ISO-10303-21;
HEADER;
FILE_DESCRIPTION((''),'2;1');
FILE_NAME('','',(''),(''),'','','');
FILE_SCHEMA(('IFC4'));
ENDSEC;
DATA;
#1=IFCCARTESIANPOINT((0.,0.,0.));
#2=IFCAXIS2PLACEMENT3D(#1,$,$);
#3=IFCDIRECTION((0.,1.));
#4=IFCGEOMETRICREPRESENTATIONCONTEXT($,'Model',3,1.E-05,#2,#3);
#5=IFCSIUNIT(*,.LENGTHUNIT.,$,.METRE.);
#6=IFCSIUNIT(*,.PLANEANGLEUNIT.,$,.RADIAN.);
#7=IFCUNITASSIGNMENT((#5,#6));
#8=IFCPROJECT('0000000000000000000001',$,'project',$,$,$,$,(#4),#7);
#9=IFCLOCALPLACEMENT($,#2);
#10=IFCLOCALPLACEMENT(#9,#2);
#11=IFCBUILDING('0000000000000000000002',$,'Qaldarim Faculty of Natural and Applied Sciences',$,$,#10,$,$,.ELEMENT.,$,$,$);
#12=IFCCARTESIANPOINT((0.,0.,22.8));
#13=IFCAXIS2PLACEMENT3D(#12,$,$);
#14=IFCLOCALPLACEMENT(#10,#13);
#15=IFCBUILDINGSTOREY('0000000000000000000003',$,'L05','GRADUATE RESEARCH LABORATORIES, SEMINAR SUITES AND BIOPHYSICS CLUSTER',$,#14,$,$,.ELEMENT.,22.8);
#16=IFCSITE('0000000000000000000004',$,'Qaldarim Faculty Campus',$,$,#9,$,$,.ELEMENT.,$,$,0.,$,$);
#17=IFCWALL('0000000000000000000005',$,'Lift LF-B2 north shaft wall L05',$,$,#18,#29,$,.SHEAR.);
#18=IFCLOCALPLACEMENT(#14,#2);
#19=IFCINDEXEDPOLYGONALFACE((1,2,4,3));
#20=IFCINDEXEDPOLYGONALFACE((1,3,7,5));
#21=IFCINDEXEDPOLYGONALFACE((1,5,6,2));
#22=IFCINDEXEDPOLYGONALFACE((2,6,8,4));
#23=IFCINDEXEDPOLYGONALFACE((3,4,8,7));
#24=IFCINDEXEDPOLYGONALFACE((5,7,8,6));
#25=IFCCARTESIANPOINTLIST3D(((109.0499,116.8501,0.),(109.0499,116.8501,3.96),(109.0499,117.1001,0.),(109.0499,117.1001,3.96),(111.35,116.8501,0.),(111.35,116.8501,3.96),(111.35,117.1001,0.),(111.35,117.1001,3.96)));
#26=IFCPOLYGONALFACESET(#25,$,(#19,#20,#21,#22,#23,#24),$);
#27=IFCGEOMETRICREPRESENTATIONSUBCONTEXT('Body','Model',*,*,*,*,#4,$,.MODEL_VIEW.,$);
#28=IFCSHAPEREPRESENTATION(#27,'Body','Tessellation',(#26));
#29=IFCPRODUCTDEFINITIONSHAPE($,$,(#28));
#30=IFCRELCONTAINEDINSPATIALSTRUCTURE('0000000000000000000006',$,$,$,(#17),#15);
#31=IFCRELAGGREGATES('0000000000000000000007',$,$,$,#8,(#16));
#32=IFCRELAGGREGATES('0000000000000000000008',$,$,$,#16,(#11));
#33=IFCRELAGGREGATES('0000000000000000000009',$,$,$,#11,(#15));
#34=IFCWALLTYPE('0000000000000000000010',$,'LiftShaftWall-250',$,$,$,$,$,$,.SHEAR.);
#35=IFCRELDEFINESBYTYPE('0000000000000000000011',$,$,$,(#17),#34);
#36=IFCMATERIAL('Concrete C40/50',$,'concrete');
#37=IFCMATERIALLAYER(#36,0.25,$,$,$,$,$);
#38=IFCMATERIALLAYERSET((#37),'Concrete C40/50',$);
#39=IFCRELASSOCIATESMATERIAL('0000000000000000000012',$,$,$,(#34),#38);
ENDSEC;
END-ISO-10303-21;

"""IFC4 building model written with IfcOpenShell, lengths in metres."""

from ifc_helpers import new_model, si_unit, direction, frame, frame_2d, origin, place, context, subcontext, project, spatial, rectangle, extrude, material, layer, layer_set, type_object, element, save


model = new_model("IFC4")

# Units and contexts
model_context = context("Model", 3, precision=1e-05, world=origin(), true_north=direction((0.0, 1.0)))
body_context = subcontext(model_context, "Body", "Model", "MODEL_VIEW")
ifc_project = project(units=[si_unit("LENGTHUNIT", "METRE"), si_unit("PLANEANGLEUNIT", "RADIAN")], contexts=[model_context])

# Site, building, storey
site_placement = place(None, origin())
site = spatial("IfcSite", under=ifc_project, at=site_placement, Name="Qaldarim Faculty Campus", CompositionType="ELEMENT", RefElevation=0.0)
building_placement = place(site_placement, origin())
building = spatial("IfcBuilding", under=site, at=building_placement, Name="Qaldarim Faculty of Natural and Applied Sciences", CompositionType="ELEMENT")
storey_placement = place(building_placement, frame((0.0, 0.0, 22.8)))
storey = spatial("IfcBuildingStorey", under=building, at=storey_placement, Name="L05", Description="GRADUATE RESEARCH LABORATORIES, SEMINAR SUITES AND BIOPHYSICS CLUSTER", CompositionType="ELEMENT", Elevation=22.8)

# Wall
ifc_material_1 = material(Name="Concrete C40/50", Category="concrete")
ifc_layer_1 = layer(ifc_material_1, 0.25)
ifc_layer_set_1 = layer_set([ifc_layer_1], Name="Concrete C40/50")
wall_type_1 = type_object("IfcWallType", Name="LiftShaftWall-250", PredefinedType="SHEAR", material=ifc_layer_set_1)
wall_1_placement = place(storey_placement, frame((109.05, 116.9751, 0.0), z_axis=(0.0, 0.0, 1.0), x_axis=(1.0, 0.0, 0.0)))
element("IfcWall", 1, at=wall_1_placement, inside=storey, type_object=wall_type_1, Name="Lift LF-B2 north shaft wall L05", PredefinedType="SHEAR", context=body_context, shape_type="SweptSolid", body=[
    extrude(rectangle(XDim=2.3, YDim=0.25, at=frame_2d((1.1499, 0.0))), origin(), (0.0, 0.0, 1.0), 3.96),
])

save(model, "model.ifc")
